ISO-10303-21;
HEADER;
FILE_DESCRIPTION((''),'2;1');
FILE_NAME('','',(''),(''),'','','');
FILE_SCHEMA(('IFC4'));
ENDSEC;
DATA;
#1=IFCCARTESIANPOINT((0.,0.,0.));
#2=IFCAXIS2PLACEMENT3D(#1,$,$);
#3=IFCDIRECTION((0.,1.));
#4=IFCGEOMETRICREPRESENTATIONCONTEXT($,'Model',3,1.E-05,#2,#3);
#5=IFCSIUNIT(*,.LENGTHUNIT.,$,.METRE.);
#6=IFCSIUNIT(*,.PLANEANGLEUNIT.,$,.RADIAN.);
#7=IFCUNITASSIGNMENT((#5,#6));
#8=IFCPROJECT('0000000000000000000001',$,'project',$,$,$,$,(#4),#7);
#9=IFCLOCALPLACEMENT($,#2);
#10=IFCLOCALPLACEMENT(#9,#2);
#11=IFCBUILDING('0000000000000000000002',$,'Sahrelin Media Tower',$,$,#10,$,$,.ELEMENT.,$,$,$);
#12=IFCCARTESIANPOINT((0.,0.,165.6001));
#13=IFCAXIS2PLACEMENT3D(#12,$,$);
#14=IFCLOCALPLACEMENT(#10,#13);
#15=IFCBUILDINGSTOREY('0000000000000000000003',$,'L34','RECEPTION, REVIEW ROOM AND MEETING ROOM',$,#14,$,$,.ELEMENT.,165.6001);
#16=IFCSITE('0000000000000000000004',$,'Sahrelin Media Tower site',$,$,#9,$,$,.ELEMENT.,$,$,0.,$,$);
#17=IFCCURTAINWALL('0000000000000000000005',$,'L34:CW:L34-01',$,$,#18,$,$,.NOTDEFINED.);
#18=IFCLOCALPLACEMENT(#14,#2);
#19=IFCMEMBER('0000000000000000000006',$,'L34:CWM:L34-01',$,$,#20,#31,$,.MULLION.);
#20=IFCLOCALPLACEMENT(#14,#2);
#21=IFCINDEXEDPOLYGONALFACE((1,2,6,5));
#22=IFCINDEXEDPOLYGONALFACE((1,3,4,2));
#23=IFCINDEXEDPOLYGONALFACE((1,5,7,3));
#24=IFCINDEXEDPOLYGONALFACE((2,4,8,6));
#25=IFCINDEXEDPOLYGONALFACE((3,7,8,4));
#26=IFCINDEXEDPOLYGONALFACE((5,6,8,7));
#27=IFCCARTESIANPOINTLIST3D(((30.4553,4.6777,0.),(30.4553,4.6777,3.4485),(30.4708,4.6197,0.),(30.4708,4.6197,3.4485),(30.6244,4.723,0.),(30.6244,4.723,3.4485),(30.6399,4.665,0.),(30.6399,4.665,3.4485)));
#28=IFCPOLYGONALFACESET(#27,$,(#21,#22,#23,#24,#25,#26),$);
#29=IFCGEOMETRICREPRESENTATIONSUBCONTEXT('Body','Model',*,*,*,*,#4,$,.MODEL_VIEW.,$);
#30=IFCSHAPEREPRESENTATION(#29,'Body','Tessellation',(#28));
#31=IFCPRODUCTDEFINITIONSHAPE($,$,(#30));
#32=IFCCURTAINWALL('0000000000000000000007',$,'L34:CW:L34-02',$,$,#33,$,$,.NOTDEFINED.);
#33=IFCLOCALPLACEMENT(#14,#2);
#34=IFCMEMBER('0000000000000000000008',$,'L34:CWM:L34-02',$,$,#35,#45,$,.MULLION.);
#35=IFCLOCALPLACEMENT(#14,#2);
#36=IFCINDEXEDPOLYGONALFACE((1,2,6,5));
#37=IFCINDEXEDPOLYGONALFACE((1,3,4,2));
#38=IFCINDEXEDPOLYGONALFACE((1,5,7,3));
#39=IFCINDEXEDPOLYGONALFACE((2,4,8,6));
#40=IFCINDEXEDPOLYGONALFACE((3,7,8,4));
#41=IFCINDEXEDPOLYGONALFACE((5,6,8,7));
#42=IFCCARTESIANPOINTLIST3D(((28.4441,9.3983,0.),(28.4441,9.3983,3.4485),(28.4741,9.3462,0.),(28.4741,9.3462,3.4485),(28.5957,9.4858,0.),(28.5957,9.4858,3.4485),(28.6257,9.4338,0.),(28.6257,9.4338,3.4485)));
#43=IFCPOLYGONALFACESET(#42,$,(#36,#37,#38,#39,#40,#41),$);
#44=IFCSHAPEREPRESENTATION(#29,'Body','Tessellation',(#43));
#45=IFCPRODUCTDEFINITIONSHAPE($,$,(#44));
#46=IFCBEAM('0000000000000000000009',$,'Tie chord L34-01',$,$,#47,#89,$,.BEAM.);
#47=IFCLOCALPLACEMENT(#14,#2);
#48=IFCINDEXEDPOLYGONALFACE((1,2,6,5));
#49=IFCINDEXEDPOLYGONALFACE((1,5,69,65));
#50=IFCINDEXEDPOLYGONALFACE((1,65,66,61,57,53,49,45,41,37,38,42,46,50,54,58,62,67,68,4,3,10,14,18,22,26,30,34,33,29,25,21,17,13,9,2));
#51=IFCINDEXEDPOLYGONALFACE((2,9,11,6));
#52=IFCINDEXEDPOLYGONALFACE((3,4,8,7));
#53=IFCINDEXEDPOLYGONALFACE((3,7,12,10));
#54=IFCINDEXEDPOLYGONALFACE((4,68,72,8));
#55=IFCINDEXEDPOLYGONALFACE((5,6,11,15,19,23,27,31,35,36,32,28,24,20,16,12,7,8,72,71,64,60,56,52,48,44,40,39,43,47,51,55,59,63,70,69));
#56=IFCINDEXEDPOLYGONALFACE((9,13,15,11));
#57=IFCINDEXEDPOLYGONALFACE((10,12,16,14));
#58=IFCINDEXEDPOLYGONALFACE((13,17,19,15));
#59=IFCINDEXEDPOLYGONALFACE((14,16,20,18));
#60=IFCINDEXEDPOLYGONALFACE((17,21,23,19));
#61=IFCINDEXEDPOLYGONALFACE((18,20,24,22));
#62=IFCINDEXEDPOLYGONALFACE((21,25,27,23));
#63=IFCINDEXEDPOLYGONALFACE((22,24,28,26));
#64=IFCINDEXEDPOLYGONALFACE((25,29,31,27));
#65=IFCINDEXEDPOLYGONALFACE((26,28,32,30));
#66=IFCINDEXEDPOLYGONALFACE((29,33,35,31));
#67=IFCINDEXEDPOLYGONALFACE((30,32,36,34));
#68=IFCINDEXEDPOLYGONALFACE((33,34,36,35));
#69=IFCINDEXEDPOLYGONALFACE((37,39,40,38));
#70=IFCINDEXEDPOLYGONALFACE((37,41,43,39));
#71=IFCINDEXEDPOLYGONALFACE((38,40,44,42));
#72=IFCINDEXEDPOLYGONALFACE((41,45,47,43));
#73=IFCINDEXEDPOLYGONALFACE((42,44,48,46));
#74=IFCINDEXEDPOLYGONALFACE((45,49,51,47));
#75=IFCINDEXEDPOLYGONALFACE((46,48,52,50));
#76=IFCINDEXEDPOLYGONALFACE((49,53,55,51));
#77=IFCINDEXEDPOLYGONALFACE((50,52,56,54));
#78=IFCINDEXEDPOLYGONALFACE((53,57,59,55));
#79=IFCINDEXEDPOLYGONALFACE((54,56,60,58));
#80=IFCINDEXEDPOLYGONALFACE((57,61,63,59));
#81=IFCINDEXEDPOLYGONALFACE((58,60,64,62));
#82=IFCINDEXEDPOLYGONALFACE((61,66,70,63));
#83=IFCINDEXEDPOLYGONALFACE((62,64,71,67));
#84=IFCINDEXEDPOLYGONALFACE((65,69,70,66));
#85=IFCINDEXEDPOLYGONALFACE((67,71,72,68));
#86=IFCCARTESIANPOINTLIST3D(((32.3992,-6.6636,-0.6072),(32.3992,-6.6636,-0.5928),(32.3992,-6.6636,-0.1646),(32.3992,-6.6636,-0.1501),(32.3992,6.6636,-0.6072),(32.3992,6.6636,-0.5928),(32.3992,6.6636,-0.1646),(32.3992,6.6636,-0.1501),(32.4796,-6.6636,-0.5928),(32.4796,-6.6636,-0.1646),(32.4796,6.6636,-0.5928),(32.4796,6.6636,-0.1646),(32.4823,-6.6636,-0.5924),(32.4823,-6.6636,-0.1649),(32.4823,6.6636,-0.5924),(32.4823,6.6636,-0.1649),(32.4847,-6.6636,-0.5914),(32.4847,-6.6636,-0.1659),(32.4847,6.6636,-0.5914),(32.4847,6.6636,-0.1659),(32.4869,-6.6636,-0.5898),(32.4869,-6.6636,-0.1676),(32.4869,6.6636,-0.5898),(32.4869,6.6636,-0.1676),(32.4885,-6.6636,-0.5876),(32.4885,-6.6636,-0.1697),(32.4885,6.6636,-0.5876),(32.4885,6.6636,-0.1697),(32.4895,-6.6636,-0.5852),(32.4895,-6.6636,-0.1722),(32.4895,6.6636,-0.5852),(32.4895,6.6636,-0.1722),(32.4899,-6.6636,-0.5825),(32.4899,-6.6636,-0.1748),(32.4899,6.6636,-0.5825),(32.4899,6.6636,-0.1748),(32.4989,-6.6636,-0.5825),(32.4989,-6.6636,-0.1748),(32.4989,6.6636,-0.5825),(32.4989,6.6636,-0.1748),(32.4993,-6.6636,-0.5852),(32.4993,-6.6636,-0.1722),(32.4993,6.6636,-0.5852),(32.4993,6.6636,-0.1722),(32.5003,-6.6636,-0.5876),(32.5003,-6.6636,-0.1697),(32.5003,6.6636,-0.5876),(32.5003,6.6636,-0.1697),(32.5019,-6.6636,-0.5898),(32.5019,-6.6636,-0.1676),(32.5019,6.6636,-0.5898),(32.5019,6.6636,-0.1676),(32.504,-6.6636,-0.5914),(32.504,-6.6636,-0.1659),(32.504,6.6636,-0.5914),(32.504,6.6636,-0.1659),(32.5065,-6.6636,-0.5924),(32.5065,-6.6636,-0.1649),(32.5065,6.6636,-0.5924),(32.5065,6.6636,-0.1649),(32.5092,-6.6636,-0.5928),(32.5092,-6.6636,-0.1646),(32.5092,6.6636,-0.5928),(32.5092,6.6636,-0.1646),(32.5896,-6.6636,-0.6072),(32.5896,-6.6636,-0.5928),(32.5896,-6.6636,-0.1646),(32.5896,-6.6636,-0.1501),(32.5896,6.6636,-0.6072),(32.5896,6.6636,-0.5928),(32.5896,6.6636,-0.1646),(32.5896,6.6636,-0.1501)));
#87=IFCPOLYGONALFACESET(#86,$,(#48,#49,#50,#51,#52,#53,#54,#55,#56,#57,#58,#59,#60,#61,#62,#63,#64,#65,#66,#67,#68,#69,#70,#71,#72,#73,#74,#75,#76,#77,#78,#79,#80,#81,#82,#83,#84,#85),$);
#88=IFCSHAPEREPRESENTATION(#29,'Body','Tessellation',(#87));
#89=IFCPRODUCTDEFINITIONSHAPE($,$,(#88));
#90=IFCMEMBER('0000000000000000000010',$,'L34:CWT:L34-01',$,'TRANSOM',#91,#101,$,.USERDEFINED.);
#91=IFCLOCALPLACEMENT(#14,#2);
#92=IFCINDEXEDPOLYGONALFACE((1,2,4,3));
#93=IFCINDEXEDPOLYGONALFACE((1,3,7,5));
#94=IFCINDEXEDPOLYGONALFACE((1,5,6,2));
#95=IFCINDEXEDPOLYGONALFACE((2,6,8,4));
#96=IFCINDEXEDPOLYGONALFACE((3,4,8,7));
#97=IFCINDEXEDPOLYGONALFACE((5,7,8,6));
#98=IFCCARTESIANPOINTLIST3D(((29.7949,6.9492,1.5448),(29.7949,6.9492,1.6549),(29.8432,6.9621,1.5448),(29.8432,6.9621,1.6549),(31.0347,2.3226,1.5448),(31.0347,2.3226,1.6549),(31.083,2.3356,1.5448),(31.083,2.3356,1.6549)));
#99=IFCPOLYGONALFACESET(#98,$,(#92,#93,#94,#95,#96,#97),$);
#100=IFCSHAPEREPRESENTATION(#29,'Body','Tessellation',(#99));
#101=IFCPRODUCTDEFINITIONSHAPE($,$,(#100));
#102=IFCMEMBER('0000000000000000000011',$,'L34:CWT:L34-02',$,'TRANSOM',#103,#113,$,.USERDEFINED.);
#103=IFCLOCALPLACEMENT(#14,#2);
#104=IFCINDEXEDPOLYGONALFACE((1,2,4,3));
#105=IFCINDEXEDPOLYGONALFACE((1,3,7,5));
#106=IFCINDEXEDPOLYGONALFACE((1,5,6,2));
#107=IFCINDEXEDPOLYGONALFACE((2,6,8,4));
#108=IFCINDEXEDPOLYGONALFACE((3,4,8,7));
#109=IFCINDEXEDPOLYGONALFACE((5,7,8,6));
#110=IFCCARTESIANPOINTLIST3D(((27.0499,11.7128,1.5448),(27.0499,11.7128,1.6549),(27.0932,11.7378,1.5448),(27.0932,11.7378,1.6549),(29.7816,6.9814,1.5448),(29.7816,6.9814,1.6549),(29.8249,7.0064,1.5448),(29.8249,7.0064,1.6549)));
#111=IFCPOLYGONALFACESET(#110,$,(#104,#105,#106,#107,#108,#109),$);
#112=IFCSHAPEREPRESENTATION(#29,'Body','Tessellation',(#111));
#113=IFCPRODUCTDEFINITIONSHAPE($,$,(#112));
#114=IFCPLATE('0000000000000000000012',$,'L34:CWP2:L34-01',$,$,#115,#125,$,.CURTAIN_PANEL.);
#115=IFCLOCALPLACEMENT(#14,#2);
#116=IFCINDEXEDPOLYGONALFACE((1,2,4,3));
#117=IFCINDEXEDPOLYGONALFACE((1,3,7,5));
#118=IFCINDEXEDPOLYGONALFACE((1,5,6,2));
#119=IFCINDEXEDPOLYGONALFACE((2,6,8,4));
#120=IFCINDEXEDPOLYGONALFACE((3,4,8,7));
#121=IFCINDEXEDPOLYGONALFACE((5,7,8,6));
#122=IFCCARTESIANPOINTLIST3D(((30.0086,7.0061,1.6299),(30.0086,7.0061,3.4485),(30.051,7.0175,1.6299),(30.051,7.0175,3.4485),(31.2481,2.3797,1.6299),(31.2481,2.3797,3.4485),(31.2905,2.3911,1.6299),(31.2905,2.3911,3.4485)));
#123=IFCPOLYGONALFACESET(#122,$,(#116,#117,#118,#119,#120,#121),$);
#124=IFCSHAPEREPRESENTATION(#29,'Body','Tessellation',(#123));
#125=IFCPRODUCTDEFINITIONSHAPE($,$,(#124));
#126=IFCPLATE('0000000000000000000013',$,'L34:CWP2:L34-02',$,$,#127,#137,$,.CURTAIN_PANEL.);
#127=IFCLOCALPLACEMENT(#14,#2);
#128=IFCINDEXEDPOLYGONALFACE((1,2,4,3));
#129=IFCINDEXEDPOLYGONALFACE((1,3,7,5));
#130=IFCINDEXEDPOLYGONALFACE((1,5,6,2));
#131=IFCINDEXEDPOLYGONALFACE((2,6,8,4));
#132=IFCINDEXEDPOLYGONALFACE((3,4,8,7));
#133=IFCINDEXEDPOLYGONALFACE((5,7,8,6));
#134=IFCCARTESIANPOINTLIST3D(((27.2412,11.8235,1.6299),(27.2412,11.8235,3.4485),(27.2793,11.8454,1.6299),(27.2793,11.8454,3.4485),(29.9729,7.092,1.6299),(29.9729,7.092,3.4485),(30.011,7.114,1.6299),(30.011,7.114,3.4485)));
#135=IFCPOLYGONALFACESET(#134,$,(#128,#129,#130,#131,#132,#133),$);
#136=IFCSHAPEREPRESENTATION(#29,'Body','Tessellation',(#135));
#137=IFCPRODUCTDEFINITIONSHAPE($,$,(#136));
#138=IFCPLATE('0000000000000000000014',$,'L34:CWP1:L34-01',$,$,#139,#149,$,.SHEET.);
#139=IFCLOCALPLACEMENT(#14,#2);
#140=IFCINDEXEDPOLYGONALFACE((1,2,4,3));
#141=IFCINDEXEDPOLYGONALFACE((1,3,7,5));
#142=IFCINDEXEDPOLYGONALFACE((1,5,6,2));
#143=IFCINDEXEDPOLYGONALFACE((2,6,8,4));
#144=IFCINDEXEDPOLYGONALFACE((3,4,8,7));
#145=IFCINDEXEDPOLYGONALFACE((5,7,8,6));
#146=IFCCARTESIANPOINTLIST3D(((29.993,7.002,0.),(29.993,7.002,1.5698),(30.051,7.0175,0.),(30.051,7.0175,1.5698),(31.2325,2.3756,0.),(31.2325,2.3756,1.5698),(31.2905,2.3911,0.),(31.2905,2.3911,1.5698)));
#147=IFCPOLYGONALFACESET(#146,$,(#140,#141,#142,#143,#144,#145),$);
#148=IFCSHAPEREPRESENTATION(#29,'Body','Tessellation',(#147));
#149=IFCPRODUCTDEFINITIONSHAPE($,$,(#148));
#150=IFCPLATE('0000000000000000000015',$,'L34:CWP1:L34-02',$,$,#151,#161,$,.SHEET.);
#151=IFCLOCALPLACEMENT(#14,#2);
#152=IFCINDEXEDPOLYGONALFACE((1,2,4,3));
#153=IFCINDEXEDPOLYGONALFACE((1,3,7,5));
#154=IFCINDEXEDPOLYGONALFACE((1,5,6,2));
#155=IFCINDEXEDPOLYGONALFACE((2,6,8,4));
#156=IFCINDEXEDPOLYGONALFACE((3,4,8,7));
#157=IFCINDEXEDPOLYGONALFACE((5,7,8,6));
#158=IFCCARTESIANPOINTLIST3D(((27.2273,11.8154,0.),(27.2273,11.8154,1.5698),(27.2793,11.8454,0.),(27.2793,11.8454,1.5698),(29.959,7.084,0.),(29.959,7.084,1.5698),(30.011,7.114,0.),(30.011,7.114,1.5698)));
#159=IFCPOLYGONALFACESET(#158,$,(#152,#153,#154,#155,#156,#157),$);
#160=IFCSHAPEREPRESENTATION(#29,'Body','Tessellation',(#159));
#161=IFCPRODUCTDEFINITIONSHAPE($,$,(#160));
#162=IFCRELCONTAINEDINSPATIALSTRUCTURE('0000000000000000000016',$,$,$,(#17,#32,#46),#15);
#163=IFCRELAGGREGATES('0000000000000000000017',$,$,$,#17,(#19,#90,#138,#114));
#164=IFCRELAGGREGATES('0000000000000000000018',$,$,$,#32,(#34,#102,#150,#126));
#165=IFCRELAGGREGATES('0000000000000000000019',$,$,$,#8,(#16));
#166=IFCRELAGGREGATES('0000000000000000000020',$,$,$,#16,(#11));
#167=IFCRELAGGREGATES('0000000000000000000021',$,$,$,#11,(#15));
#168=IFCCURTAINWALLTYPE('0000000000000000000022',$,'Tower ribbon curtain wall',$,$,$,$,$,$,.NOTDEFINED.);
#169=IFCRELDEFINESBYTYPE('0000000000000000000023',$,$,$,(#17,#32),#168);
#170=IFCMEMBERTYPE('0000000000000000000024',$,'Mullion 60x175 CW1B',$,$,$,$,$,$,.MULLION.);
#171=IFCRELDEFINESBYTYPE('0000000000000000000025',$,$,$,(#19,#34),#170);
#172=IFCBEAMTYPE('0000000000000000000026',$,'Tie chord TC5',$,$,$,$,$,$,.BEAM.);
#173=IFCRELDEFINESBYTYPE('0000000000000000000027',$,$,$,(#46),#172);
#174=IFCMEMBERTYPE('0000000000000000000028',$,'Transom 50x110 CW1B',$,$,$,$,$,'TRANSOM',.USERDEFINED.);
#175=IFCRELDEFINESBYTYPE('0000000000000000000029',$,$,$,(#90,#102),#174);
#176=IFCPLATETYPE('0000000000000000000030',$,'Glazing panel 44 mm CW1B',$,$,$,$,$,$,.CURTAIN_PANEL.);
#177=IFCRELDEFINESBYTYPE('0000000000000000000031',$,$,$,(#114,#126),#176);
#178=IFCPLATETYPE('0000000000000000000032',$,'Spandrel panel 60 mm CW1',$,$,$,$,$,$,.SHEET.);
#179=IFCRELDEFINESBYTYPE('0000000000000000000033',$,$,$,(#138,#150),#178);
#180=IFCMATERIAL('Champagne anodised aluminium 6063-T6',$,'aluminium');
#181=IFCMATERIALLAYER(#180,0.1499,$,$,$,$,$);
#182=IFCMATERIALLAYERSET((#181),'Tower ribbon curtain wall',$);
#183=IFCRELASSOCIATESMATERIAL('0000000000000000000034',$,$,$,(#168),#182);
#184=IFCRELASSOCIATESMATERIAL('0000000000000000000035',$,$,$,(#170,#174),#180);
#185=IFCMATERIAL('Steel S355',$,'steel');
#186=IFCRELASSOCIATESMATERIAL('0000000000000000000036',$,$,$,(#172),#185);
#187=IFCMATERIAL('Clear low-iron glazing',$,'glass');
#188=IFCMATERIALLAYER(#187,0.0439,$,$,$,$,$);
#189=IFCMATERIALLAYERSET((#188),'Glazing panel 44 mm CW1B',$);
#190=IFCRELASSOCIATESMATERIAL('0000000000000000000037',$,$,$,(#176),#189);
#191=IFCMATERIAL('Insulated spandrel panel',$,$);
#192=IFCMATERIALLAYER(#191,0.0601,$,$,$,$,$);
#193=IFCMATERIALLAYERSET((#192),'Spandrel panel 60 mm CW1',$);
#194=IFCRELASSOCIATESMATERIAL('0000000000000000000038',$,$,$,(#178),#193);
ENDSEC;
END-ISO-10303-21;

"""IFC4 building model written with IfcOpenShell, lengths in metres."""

from ifc_helpers import new_model, si_unit, direction, frame, origin, origin_2d, place, context, subcontext, project, spatial, polyline, rectangle, i_section, outline, extrude, material, layer, layer_set, material_profile, profile_set, type_object, element, aggregate, save


model = new_model("IFC4")

# Units and contexts
model_context = context("Model", 3, precision=1e-05, world=origin(), true_north=direction((0.0, 1.0)))
body_context = subcontext(model_context, "Body", "Model", "MODEL_VIEW")
ifc_project = project(units=[si_unit("LENGTHUNIT", "METRE"), si_unit("PLANEANGLEUNIT", "RADIAN")], contexts=[model_context])

# Site, building, storey
site_placement = place(None, origin())
site = spatial("IfcSite", under=ifc_project, at=site_placement, Name="Sahrelin Media Tower site", CompositionType="ELEMENT", RefElevation=0.0)
building_placement = place(site_placement, origin())
building = spatial("IfcBuilding", under=site, at=building_placement, Name="Sahrelin Media Tower", CompositionType="ELEMENT")
storey_placement = place(building_placement, frame((0.0, 0.0, 165.6001)))
storey = spatial("IfcBuildingStorey", under=building, at=storey_placement, Name="L34", Description="RECEPTION, REVIEW ROOM AND MEETING ROOM", CompositionType="ELEMENT", Elevation=165.6001)

# Shared definitions
ifc_material_1 = material(Name="Steel S355", Category="steel")

# Curtain walls, members
ifc_material_2 = material(Name="Champagne anodised aluminium 6063-T6", Category="aluminium")
ifc_layer_1 = layer(ifc_material_2, 0.1499)
ifc_layer_set_1 = layer_set([ifc_layer_1], Name="Tower ribbon curtain wall")
curtain_wall_type = type_object("IfcCurtainWallType", Name="Tower ribbon curtain wall", PredefinedType="NOTDEFINED", material=ifc_layer_set_1)
ifc_material_profile_1 = material_profile(ifc_material_2, rectangle(XDim=0.0601, YDim=0.175, at=origin_2d()), Name="Mullion 60x175")
ifc_profile_set_1 = profile_set([ifc_material_profile_1], Name="Champagne anodised aluminium 6063-T6")
member_type_1 = type_object("IfcMemberType", Name="Mullion 60x175 CW1B", PredefinedType="MULLION", material=ifc_profile_set_1)
curtain_wall_1_placement = place(storey_placement, frame((30.6514, 4.6992, 0.0), z_axis=(0.0, 0.0, 1.0), x_axis=(1.0, 0.0, 0.0)))
curtain_wall_1 = element("IfcCurtainWall", 1, at=curtain_wall_1_placement, inside=storey, type_object=curtain_wall_type, Name="L34:CW:L34-01", PredefinedType="NOTDEFINED")
member_1_placement = place(storey_placement, frame((30.5476, 4.6714, 0.0), z_axis=(0.0, 0.0, 1.0), x_axis=(-0.258814, 0.965927, 0.0)))
member_1 = element("IfcMember", 2, at=member_1_placement, type_object=member_type_1, Name="L34:CWM:L34-01", PredefinedType="MULLION", context=body_context, shape_type="SweptSolid", body=[
    extrude(rectangle(XDim=0.0601, YDim=0.175, at=origin_2d()), origin(), (0.0, 0.0, 1.0), 3.4485),
])
curtain_wall_2_placement = place(storey_placement, frame((28.6279, 9.4697, 0.0), z_axis=(0.0, 0.0, 1.0), x_axis=(1.0, 0.0, 0.0)))
curtain_wall_2 = element("IfcCurtainWall", 3, at=curtain_wall_2_placement, inside=storey, type_object=curtain_wall_type, Name="L34:CW:L34-02", PredefinedType="NOTDEFINED")
member_2_placement = place(storey_placement, frame((28.5349, 9.416, 0.0), z_axis=(0.0, 0.0, 1.0), x_axis=(-0.500003, 0.866024, 0.0)))
member_2 = element("IfcMember", 4, at=member_2_placement, type_object=member_type_1, Name="L34:CWM:L34-02", PredefinedType="MULLION", context=body_context, shape_type="SweptSolid", body=[
    extrude(rectangle(XDim=0.0601, YDim=0.175, at=origin_2d()), origin(), (0.0, 0.0, 1.0), 3.4485),
])

# Beam
ifc_material_profile_2 = material_profile(ifc_material_1, i_section(OverallWidth=0.1904, OverallDepth=0.457, WebThickness=0.009, FlangeThickness=0.0144, FilletRadius=0.0103, at=origin_2d()), Name="UB 457x191x74")
ifc_profile_set_2 = profile_set([ifc_material_profile_2], Name="Steel S355")
beam_type_1 = type_object("IfcBeamType", Name="Tie chord TC5", PredefinedType="BEAM", material=ifc_profile_set_2)
beam_1_placement = place(storey_placement, frame((32.4944, 6.6636, -0.3787), z_axis=(0.0, -1.0, 0.0), x_axis=(1.0, 0.0, 0.0)))
element("IfcBeam", 5, at=beam_1_placement, inside=storey, type_object=beam_type_1, Name="Tie chord L34-01", PredefinedType="BEAM", context=body_context, shape_type="SweptSolid", body=[
    extrude(i_section(OverallWidth=0.1904, OverallDepth=0.457, WebThickness=0.009, FlangeThickness=0.0144, FilletRadius=0.0103, at=origin_2d()), origin(), (0.0, 0.0, 1.0), 13.3271),
])

# Members
ifc_material_profile_3 = material_profile(ifc_material_2, rectangle(XDim=0.05, YDim=0.1101, at=origin_2d()), Name="Transom 50x110")
ifc_profile_set_3 = profile_set([ifc_material_profile_3], Name="Champagne anodised aluminium 6063-T6")
member_type_2 = type_object("IfcMemberType", Name="Transom 50x110 CW1B", ElementType="TRANSOM", PredefinedType="USERDEFINED", material=ifc_profile_set_3)
member_3_placement = place(storey_placement, frame((31.0588, 2.3291, 1.5999), z_axis=(-0.258836, 0.965921, 0.0), x_axis=(-0.965921, -0.258836, 0.0)))
member_3 = element("IfcMember", 6, at=member_3_placement, type_object=member_type_2, Name="L34:CWT:L34-01", ObjectType="TRANSOM", PredefinedType="USERDEFINED", context=body_context, shape_type="SweptSolid", body=[
    extrude(rectangle(XDim=0.05, YDim=0.1101, at=origin_2d()), origin(), (0.0, 0.0, 1.0), 4.7898),
])
member_4_placement = place(storey_placement, frame((29.8032, 6.9939, 1.5999), z_axis=(-0.499998, 0.866026, 0.0), x_axis=(-0.866026, -0.499998, 0.0)))
member_4 = element("IfcMember", 7, at=member_4_placement, type_object=member_type_2, Name="L34:CWT:L34-02", ObjectType="TRANSOM", PredefinedType="USERDEFINED", context=body_context, shape_type="SweptSolid", body=[
    extrude(rectangle(XDim=0.05, YDim=0.1101, at=origin_2d()), origin(), (0.0, 0.0, 1.0), 5.4634),
])

# Plates
ifc_material_3 = material(Name="Clear low-iron glazing", Category="glass")
ifc_layer_2 = layer(ifc_material_3, 0.0439)
ifc_layer_set_2 = layer_set([ifc_layer_2], Name="Glazing panel 44 mm CW1B")
plate_type_1 = type_object("IfcPlateType", Name="Glazing panel 44 mm CW1B", PredefinedType="CURTAIN_PANEL", material=ifc_layer_set_2)
plate_1_placement = place(storey_placement, frame((31.2905, 2.3911, 1.6299), z_axis=(0.965934, 0.258789, 0.0), x_axis=(-0.258789, 0.965934, 0.0)))
plate_1 = element("IfcPlate", 8, at=plate_1_placement, type_object=plate_type_1, Name="L34:CWP2:L34-01", PredefinedType="CURTAIN_PANEL", context=body_context, shape_type="SweptSolid", body=[
    extrude(outline(polyline([(0.0, 0.0), (4.7896, 0.0), (4.7896, 1.8186), (0.0, 1.8186), (0.0, 0.0)])), origin(), (0.0, 0.0, -1.0), 0.0439),
])
plate_2_placement = place(storey_placement, frame((30.011, 7.114, 1.6299), z_axis=(0.866026, 0.499998, 0.0), x_axis=(-0.499998, 0.866026, 0.0)))
plate_2 = element("IfcPlate", 9, at=plate_2_placement, type_object=plate_type_1, Name="L34:CWP2:L34-02", PredefinedType="CURTAIN_PANEL", context=body_context, shape_type="SweptSolid", body=[
    extrude(outline(polyline([(0.0, 0.0), (5.4634, 0.0), (5.4634, 1.8186), (0.0, 1.8186), (0.0, 0.0)])), origin(), (0.0, 0.0, -1.0), 0.0439),
])
ifc_material_4 = material(Name="Insulated spandrel panel")
ifc_layer_3 = layer(ifc_material_4, 0.0601)
ifc_layer_set_3 = layer_set([ifc_layer_3], Name="Spandrel panel 60 mm CW1")
plate_type_2 = type_object("IfcPlateType", Name="Spandrel panel 60 mm CW1", PredefinedType="SHEET", material=ifc_layer_set_3)
plate_3_placement = place(storey_placement, frame((31.2905, 2.3911, 0.0), z_axis=(0.965934, 0.258789, 0.0), x_axis=(-0.258789, 0.965934, 0.0)))
plate_3 = element("IfcPlate", 10, at=plate_3_placement, type_object=plate_type_2, Name="L34:CWP1:L34-01", PredefinedType="SHEET", context=body_context, shape_type="SweptSolid", body=[
    extrude(outline(polyline([(0.0, 0.0), (4.7896, 0.0), (4.7896, 1.5698), (0.0, 1.5698), (0.0, 0.0)])), origin(), (0.0, 0.0, -1.0), 0.0601),
])
aggregate(curtain_wall_1, [member_1, member_3, plate_3, plate_1])
plate_4_placement = place(storey_placement, frame((30.011, 7.114, 0.0), z_axis=(0.866026, 0.499998, 0.0), x_axis=(-0.499998, 0.866026, 0.0)))
plate_4 = element("IfcPlate", 11, at=plate_4_placement, type_object=plate_type_2, Name="L34:CWP1:L34-02", PredefinedType="SHEET", context=body_context, shape_type="SweptSolid", body=[
    extrude(outline(polyline([(0.0, 0.0), (5.4634, 0.0), (5.4634, 1.5698), (0.0, 1.5698), (0.0, 0.0)])), origin(), (0.0, 0.0, -1.0), 0.0601),
])
aggregate(curtain_wall_2, [member_2, member_4, plate_4, plate_2])

save(model, "model.ifc")
